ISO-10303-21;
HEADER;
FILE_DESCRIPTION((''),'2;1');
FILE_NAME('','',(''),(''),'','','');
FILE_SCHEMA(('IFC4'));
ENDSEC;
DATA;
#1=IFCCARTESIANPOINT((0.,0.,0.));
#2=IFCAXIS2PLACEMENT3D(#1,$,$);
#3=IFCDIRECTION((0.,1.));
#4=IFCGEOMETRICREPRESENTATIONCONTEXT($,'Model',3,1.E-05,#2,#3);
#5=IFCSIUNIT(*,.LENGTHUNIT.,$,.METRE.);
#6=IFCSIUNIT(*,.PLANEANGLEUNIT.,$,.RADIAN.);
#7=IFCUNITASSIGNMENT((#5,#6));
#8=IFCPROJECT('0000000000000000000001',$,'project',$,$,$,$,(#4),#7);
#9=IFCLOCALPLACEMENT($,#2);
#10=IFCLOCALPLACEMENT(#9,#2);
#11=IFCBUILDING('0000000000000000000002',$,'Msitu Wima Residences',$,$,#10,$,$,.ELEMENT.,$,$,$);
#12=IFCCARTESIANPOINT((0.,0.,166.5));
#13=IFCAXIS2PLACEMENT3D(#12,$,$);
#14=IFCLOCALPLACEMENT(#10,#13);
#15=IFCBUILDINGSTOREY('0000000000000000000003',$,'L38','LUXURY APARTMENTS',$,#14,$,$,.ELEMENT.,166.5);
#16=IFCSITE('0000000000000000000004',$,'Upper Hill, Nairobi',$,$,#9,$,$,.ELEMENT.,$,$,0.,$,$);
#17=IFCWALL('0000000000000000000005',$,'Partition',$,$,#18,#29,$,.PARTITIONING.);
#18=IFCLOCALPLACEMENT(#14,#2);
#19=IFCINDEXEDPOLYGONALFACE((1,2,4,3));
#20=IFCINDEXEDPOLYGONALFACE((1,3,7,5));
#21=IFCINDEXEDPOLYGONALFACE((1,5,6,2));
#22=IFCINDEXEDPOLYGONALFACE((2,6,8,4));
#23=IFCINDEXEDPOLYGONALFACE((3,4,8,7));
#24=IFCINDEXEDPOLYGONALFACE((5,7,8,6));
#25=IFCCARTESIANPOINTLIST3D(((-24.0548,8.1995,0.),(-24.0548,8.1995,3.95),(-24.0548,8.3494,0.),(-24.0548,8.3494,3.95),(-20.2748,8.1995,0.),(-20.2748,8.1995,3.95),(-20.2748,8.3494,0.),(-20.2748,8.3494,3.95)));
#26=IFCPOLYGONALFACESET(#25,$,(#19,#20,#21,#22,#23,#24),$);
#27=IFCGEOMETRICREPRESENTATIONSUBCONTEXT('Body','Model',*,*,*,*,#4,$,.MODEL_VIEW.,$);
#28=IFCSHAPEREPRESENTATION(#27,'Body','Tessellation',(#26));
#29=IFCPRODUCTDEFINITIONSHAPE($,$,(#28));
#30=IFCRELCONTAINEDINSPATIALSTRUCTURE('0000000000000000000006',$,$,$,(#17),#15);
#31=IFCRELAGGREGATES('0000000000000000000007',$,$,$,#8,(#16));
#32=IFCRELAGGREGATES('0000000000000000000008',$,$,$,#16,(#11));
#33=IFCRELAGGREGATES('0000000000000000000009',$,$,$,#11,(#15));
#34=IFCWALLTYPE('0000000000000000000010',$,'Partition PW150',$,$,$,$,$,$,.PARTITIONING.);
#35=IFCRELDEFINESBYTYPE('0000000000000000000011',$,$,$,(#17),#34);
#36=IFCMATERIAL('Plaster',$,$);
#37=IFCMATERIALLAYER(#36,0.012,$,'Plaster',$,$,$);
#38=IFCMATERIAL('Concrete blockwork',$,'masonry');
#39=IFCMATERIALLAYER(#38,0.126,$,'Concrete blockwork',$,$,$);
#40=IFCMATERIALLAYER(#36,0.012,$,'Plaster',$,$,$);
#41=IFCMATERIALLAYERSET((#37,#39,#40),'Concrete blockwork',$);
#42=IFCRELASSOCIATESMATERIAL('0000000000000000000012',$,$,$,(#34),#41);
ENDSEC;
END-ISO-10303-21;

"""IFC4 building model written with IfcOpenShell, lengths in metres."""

from ifc_helpers import new_model, si_unit, direction, frame, frame_2d, origin, place, context, subcontext, project, spatial, rectangle, extrude, material, layer, layer_set, type_object, element, save


model = new_model("IFC4")

# Units and contexts
model_context = context("Model", 3, precision=1e-05, world=origin(), true_north=direction((0.0, 1.0)))
body_context = subcontext(model_context, "Body", "Model", "MODEL_VIEW")
ifc_project = project(units=[si_unit("LENGTHUNIT", "METRE"), si_unit("PLANEANGLEUNIT", "RADIAN")], contexts=[model_context])

# Site, building, storey
site_placement = place(None, origin())
site = spatial("IfcSite", under=ifc_project, at=site_placement, Name="Upper Hill, Nairobi", CompositionType="ELEMENT", RefElevation=0.0)
building_placement = place(site_placement, origin())
building = spatial("IfcBuilding", under=site, at=building_placement, Name="Msitu Wima Residences", CompositionType="ELEMENT")
storey_placement = place(building_placement, frame((0.0, 0.0, 166.5)))
storey = spatial("IfcBuildingStorey", under=building, at=storey_placement, Name="L38", Description="LUXURY APARTMENTS", CompositionType="ELEMENT", Elevation=166.5)

# Wall
ifc_material_1 = material(Name="Plaster")
ifc_layer_1 = layer(ifc_material_1, 0.012, Name="Plaster")
ifc_material_2 = material(Name="Concrete blockwork", Category="masonry")
ifc_layer_2 = layer(ifc_material_2, 0.126, Name="Concrete blockwork")
ifc_layer_3 = layer(ifc_material_1, 0.012, Name="Plaster")
ifc_layer_set_1 = layer_set([ifc_layer_1, ifc_layer_2, ifc_layer_3], Name="Concrete blockwork")
wall_type_1 = type_object("IfcWallType", Name="Partition PW150", PredefinedType="PARTITIONING", material=ifc_layer_set_1)
wall_1_placement = place(storey_placement, frame((-24.0549, 8.2744, 0.0), z_axis=(0.0, 0.0, 1.0), x_axis=(1.0, 0.0, 0.0)))
element("IfcWall", 1, at=wall_1_placement, inside=storey, type_object=wall_type_1, Name="Partition", PredefinedType="PARTITIONING", context=body_context, shape_type="SweptSolid", body=[
    extrude(rectangle(XDim=3.78, YDim=0.1499, at=frame_2d((1.8901, 0.0))), origin(), (0.0, 0.0, 1.0), 3.95),
])

save(model, "model.ifc")
